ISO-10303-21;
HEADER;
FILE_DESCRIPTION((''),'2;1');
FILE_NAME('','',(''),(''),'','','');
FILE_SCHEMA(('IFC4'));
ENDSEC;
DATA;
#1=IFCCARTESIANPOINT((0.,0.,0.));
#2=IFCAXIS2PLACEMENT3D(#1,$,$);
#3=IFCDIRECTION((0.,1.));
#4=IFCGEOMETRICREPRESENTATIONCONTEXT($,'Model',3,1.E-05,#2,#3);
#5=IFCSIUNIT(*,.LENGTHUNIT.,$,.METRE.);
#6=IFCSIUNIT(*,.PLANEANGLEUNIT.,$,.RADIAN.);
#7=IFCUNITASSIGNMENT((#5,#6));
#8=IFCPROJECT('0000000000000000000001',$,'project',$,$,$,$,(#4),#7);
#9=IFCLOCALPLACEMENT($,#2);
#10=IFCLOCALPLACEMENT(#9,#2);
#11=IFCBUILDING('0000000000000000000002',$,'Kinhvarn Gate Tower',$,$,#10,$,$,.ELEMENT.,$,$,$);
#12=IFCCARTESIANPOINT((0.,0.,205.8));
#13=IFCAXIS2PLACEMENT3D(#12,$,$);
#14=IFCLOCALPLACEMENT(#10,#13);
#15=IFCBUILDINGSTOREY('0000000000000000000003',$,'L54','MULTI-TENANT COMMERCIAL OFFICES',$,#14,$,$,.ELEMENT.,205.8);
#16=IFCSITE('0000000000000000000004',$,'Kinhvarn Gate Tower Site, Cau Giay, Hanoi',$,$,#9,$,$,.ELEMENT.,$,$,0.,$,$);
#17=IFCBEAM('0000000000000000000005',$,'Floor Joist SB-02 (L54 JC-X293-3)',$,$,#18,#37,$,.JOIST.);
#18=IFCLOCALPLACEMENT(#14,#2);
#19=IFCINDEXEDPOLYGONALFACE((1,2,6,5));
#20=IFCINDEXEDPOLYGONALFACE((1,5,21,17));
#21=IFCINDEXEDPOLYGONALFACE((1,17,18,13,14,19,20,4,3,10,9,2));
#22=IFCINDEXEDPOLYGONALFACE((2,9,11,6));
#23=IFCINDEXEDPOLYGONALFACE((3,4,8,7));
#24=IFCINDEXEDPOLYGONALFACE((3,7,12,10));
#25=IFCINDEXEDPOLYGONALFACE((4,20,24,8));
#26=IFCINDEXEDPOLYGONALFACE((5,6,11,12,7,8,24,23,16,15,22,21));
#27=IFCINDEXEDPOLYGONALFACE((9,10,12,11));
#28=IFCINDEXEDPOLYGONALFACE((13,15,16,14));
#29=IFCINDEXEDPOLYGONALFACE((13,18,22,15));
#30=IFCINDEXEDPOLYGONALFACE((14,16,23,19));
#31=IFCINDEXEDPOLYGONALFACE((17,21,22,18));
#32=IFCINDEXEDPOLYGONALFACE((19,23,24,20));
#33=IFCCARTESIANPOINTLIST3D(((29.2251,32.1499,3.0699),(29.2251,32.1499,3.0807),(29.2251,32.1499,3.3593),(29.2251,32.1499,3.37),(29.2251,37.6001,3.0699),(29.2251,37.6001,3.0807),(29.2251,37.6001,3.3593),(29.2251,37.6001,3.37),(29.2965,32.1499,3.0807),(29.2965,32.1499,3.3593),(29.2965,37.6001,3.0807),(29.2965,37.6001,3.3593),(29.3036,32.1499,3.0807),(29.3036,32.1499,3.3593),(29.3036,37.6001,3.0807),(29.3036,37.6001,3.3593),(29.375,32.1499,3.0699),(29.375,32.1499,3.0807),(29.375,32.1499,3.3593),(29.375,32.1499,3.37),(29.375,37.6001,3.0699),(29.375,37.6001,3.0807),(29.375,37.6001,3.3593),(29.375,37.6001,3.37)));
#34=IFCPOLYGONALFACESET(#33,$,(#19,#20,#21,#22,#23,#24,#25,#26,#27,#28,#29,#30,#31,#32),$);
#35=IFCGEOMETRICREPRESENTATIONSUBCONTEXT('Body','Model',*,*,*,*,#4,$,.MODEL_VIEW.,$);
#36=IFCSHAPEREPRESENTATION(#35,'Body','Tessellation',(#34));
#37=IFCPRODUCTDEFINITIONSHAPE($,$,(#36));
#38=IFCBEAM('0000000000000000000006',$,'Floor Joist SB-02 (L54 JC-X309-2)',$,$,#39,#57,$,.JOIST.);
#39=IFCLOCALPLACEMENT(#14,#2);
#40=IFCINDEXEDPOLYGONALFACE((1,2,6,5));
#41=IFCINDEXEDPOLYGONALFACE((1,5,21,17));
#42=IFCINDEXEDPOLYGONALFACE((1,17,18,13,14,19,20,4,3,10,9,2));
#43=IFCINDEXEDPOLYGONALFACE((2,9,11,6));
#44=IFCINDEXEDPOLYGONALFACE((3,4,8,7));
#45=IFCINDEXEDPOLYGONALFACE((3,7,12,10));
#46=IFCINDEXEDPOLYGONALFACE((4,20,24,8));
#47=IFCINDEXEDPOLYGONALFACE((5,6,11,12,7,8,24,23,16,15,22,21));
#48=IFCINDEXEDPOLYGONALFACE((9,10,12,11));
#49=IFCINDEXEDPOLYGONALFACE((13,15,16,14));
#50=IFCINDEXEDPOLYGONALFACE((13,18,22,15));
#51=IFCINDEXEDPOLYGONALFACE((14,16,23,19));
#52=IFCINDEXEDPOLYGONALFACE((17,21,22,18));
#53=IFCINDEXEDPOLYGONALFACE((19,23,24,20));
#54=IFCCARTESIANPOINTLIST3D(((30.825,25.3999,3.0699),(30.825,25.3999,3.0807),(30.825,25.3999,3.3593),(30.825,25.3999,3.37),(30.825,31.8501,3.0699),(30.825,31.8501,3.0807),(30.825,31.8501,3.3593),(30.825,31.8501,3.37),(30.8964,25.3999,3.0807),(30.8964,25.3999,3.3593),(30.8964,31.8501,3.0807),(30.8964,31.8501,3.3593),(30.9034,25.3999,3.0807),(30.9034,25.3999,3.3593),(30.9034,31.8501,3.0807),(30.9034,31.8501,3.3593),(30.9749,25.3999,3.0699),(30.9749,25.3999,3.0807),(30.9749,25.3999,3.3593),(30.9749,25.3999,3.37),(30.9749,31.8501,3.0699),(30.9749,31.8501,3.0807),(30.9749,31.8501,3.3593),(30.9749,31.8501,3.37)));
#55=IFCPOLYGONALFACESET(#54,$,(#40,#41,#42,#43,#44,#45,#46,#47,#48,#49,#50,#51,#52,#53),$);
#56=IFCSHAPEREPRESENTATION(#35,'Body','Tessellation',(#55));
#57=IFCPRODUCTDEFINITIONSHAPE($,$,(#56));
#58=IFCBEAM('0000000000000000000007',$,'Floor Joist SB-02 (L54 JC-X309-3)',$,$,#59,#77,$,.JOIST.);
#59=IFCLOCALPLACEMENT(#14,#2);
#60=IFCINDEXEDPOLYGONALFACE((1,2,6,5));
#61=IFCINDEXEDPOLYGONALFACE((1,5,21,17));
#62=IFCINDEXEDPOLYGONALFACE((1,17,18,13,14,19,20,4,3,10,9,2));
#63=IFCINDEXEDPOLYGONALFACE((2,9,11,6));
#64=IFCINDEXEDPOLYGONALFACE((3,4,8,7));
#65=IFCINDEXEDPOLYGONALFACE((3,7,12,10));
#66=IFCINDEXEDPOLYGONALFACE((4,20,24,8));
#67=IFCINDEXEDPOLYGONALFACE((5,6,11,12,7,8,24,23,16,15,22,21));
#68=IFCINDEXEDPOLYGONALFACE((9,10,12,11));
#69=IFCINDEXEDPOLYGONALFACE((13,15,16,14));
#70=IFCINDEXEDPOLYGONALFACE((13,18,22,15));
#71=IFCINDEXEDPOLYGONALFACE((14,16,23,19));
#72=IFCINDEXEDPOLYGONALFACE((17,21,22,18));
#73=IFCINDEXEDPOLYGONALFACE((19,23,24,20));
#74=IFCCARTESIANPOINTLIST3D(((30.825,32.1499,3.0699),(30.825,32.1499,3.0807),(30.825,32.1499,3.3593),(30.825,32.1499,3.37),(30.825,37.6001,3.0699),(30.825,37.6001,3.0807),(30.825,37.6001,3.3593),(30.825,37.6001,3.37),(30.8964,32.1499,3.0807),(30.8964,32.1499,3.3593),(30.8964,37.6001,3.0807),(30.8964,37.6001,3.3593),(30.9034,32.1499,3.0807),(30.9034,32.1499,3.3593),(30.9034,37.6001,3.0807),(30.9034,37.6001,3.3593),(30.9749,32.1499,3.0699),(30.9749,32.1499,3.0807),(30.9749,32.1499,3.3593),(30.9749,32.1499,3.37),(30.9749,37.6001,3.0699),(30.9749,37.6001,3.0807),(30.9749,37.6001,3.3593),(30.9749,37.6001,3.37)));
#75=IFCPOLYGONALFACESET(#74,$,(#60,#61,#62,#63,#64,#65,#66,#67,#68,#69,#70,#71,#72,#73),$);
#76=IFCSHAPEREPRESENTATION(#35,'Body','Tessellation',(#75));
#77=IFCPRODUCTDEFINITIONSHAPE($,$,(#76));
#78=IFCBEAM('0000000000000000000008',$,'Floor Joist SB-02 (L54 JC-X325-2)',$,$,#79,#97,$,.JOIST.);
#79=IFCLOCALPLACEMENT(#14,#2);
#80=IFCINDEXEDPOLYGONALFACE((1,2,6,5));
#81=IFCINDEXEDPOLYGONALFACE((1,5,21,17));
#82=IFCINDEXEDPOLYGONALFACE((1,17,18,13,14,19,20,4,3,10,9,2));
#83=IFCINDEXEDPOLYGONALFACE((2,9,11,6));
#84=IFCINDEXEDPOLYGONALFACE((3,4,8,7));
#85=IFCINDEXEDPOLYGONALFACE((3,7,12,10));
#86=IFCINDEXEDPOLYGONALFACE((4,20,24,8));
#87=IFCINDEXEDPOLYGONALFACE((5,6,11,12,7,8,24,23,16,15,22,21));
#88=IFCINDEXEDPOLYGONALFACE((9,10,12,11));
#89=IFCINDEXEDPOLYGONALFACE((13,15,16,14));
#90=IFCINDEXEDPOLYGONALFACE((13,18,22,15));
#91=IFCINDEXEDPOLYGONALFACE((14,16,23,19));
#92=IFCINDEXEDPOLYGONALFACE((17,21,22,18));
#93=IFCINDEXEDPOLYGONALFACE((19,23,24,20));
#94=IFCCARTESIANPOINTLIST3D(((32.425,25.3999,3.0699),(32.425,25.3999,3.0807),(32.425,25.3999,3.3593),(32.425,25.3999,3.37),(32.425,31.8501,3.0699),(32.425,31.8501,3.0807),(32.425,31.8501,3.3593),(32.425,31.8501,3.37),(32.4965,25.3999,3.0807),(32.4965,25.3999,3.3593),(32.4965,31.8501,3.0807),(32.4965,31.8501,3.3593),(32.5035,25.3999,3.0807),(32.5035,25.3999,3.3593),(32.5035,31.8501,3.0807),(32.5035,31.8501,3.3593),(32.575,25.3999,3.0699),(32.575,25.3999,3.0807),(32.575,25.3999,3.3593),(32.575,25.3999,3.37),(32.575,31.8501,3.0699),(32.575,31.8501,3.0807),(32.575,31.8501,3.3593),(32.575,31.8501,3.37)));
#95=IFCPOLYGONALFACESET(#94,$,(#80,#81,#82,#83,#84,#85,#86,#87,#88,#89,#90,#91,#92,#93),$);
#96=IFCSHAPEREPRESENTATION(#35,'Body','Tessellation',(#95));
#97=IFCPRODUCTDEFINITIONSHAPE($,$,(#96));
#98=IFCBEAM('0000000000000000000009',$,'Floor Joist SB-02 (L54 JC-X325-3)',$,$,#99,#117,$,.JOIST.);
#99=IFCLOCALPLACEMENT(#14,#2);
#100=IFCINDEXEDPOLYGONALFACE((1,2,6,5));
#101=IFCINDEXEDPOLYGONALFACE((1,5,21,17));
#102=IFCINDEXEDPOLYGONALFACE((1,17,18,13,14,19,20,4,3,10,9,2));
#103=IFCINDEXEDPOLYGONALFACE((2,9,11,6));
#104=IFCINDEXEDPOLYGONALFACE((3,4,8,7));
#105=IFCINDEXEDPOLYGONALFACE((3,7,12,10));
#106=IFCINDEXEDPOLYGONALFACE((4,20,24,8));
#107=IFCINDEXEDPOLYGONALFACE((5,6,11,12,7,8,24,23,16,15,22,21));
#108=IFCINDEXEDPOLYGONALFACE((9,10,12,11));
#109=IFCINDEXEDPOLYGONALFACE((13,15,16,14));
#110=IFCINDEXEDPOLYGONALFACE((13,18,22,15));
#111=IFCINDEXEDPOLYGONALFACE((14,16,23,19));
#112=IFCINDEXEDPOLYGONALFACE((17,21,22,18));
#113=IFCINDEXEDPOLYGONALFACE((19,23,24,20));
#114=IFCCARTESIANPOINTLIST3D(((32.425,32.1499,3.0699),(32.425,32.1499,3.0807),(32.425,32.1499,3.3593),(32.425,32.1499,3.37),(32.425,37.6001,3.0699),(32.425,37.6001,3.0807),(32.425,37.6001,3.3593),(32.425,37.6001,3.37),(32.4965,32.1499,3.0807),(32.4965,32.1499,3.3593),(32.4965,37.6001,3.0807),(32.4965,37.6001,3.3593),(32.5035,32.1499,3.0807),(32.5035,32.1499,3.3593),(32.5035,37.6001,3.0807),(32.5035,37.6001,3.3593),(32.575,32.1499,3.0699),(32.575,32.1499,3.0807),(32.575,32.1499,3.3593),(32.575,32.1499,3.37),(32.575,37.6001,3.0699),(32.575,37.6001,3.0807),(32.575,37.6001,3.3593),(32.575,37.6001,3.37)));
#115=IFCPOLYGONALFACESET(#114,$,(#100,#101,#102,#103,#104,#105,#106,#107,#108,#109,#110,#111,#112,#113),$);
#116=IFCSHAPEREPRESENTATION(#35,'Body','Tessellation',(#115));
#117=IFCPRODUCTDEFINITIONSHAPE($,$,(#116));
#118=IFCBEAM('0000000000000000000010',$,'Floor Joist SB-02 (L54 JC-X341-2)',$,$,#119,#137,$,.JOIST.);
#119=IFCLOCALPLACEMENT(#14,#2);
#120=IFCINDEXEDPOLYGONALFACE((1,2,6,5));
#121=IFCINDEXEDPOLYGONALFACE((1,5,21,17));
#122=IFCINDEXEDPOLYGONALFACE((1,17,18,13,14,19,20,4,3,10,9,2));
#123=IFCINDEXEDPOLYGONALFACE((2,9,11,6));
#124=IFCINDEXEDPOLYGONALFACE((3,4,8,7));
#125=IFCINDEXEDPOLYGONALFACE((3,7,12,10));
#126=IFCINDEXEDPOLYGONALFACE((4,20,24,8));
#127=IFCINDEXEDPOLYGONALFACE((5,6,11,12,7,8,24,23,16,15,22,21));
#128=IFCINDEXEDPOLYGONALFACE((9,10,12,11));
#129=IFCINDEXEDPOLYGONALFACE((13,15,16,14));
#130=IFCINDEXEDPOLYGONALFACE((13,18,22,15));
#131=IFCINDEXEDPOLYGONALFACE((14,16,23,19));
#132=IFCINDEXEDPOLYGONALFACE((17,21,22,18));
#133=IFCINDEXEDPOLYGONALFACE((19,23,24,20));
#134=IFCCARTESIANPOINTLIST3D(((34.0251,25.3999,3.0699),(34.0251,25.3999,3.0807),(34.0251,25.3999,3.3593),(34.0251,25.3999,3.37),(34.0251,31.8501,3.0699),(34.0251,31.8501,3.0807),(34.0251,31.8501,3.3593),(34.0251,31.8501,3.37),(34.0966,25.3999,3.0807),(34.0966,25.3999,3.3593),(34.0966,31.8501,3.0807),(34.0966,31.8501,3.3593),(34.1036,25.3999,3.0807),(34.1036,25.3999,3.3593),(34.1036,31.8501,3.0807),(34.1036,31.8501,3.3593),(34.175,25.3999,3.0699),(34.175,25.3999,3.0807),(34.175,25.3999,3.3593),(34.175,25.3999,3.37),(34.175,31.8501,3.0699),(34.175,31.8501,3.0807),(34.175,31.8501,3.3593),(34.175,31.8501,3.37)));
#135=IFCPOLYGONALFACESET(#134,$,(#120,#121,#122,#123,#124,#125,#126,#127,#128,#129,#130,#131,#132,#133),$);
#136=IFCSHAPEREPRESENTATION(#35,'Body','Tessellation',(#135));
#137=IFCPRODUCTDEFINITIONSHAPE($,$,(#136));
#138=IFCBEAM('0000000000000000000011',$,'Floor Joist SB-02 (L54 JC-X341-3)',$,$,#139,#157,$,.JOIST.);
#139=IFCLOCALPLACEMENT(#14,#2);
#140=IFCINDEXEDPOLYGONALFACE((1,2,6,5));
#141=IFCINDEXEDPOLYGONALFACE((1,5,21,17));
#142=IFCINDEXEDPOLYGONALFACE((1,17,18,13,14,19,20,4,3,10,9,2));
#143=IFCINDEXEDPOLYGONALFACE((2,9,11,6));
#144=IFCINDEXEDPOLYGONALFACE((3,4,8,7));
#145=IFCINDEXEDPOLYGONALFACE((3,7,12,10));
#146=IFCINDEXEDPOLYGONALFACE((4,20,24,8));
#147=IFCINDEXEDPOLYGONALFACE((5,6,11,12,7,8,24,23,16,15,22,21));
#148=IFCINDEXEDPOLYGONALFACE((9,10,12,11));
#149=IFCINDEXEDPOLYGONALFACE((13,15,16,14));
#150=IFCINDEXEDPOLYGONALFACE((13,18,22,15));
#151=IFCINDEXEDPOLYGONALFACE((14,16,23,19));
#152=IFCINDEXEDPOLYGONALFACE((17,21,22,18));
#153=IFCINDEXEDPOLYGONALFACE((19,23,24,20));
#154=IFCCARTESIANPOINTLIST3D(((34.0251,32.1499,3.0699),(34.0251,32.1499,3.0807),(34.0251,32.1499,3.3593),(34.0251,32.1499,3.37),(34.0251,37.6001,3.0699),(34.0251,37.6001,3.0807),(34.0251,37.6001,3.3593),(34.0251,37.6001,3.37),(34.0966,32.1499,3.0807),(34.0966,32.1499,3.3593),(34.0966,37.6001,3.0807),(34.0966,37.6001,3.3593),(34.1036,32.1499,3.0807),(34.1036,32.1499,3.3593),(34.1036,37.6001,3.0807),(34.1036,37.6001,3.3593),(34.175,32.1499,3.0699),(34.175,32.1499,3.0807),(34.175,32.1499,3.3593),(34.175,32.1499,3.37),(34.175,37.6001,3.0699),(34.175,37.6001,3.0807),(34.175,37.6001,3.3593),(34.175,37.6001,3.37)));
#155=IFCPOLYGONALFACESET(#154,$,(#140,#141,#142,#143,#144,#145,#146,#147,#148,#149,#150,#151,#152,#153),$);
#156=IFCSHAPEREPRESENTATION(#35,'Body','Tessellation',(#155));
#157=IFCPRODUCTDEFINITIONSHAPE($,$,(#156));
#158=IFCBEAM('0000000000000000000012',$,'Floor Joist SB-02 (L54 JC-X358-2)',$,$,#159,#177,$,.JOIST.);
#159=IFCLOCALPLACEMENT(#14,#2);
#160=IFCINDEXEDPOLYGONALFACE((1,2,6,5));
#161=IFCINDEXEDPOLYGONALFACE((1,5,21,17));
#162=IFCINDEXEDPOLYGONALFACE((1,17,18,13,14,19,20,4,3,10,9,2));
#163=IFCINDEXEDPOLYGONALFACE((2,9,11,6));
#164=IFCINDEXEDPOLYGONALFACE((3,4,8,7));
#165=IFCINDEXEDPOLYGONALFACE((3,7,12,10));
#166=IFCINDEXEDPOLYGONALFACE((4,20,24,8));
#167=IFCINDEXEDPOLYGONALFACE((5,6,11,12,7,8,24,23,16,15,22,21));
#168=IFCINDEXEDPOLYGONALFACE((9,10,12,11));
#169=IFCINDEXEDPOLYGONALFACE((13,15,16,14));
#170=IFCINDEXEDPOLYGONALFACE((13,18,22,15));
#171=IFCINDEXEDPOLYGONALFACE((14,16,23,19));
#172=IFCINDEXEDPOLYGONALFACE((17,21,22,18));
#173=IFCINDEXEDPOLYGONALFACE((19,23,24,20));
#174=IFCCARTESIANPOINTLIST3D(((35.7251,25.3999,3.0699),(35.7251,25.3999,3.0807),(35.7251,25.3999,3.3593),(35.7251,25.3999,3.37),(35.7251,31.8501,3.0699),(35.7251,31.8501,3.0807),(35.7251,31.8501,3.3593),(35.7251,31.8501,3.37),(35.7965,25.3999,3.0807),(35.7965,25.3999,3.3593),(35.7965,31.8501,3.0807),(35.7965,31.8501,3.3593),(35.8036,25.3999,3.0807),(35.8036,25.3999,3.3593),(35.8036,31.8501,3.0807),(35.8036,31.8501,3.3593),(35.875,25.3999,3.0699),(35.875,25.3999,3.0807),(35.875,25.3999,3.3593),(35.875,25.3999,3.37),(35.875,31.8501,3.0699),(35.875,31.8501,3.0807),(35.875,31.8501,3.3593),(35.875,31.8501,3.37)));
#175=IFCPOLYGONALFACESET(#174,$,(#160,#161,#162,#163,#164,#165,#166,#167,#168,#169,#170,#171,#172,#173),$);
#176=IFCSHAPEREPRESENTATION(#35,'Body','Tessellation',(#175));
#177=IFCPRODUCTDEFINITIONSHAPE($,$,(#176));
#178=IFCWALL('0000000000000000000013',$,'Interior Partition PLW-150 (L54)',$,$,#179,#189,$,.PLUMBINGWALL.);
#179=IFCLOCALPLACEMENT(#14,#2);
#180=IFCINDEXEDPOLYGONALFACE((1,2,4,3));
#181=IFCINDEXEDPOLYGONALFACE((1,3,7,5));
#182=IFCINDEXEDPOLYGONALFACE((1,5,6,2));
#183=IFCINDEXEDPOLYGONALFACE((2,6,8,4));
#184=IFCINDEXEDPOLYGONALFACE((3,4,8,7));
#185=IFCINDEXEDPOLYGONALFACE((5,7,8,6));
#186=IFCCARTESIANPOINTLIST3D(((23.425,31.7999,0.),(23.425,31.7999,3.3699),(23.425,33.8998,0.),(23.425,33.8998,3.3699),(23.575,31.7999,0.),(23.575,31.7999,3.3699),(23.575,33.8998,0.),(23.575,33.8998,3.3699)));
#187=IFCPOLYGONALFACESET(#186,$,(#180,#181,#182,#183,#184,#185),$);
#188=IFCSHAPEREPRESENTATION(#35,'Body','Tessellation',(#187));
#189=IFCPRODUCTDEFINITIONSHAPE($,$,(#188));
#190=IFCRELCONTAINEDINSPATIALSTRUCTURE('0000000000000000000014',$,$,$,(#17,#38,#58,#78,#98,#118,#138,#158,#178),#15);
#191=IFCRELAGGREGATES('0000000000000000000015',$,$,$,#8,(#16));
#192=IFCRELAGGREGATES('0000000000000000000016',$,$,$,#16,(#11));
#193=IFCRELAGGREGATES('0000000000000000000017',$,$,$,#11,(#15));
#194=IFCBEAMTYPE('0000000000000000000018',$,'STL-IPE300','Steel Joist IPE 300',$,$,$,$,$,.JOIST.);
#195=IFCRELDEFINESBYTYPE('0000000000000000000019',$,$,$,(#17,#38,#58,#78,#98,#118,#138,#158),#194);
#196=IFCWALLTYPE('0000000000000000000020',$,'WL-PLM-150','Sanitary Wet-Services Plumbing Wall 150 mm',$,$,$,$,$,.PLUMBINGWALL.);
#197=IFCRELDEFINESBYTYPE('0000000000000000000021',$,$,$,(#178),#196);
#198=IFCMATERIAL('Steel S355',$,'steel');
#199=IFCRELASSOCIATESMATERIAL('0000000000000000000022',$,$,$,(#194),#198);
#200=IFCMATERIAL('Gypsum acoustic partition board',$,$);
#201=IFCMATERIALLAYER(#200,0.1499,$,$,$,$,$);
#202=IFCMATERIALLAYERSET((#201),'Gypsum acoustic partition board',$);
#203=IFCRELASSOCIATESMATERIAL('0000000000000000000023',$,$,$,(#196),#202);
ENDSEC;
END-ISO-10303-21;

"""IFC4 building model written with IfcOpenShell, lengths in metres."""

from ifc_helpers import new_model, si_unit, direction, frame, frame_2d, origin, origin_2d, place, context, subcontext, project, spatial, rectangle, i_section, extrude, material, layer, layer_set, material_profile, profile_set, type_object, element, save


model = new_model("IFC4")

# Units and contexts
model_context = context("Model", 3, precision=1e-05, world=origin(), true_north=direction((0.0, 1.0)))
body_context = subcontext(model_context, "Body", "Model", "MODEL_VIEW")
ifc_project = project(units=[si_unit("LENGTHUNIT", "METRE"), si_unit("PLANEANGLEUNIT", "RADIAN")], contexts=[model_context])

# Site, building, storey
site_placement = place(None, origin())
site = spatial("IfcSite", under=ifc_project, at=site_placement, Name="Kinhvarn Gate Tower Site, Cau Giay, Hanoi", CompositionType="ELEMENT", RefElevation=0.0)
building_placement = place(site_placement, origin())
building = spatial("IfcBuilding", under=site, at=building_placement, Name="Kinhvarn Gate Tower", CompositionType="ELEMENT")
storey_placement = place(building_placement, frame((0.0, 0.0, 205.8)))
storey = spatial("IfcBuildingStorey", under=building, at=storey_placement, Name="L54", Description="MULTI-TENANT COMMERCIAL OFFICES", CompositionType="ELEMENT", Elevation=205.8)

# Beams
ifc_material_1 = material(Name="Steel S355", Category="steel")
ifc_material_profile = material_profile(ifc_material_1, i_section(OverallWidth=0.1499, OverallDepth=0.3, WebThickness=0.0071, FlangeThickness=0.0107, at=origin_2d()), Name="IPE 300")
ifc_profile_set = profile_set([ifc_material_profile], Name="Steel S355")
beam_type = type_object("IfcBeamType", Name="STL-IPE300", Description="Steel Joist IPE 300", PredefinedType="JOIST", material=ifc_profile_set)
beam_1_placement = place(storey_placement, frame((29.3, 32.1499, 3.22), z_axis=(0.0, 1.0, 0.0), x_axis=(-1.0, 0.0, 0.0)))
element("IfcBeam", 1, at=beam_1_placement, inside=storey, type_object=beam_type, Name="Floor Joist SB-02 (L54 JC-X293-3)", PredefinedType="JOIST", context=body_context, shape_type="SweptSolid", body=[
    extrude(i_section(OverallWidth=0.1499, OverallDepth=0.3, WebThickness=0.0071, FlangeThickness=0.0107, at=origin_2d()), origin(), (0.0, 0.0, 1.0), 5.4502),
])
beam_2_placement = place(storey_placement, frame((30.8999, 25.3999, 3.22), z_axis=(0.0, 1.0, 0.0), x_axis=(-1.0, 0.0, 0.0)))
element("IfcBeam", 2, at=beam_2_placement, inside=storey, type_object=beam_type, Name="Floor Joist SB-02 (L54 JC-X309-2)", PredefinedType="JOIST", context=body_context, shape_type="SweptSolid", body=[
    extrude(i_section(OverallWidth=0.1499, OverallDepth=0.3, WebThickness=0.0071, FlangeThickness=0.0107, at=origin_2d()), origin(), (0.0, 0.0, 1.0), 6.4502),
])
beam_3_placement = place(storey_placement, frame((30.8999, 32.1499, 3.22), z_axis=(0.0, 1.0, 0.0), x_axis=(-1.0, 0.0, 0.0)))
element("IfcBeam", 3, at=beam_3_placement, inside=storey, type_object=beam_type, Name="Floor Joist SB-02 (L54 JC-X309-3)", PredefinedType="JOIST", context=body_context, shape_type="SweptSolid", body=[
    extrude(i_section(OverallWidth=0.1499, OverallDepth=0.3, WebThickness=0.0071, FlangeThickness=0.0107, at=origin_2d()), origin(), (0.0, 0.0, 1.0), 5.4502),
])
beam_4_placement = place(storey_placement, frame((32.5, 25.3999, 3.22), z_axis=(0.0, 1.0, 0.0), x_axis=(-1.0, 0.0, 0.0)))
element("IfcBeam", 4, at=beam_4_placement, inside=storey, type_object=beam_type, Name="Floor Joist SB-02 (L54 JC-X325-2)", PredefinedType="JOIST", context=body_context, shape_type="SweptSolid", body=[
    extrude(i_section(OverallWidth=0.1499, OverallDepth=0.3, WebThickness=0.0071, FlangeThickness=0.0107, at=origin_2d()), origin(), (0.0, 0.0, 1.0), 6.4502),
])
beam_5_placement = place(storey_placement, frame((32.5, 32.1499, 3.22), z_axis=(0.0, 1.0, 0.0), x_axis=(-1.0, 0.0, 0.0)))
element("IfcBeam", 5, at=beam_5_placement, inside=storey, type_object=beam_type, Name="Floor Joist SB-02 (L54 JC-X325-3)", PredefinedType="JOIST", context=body_context, shape_type="SweptSolid", body=[
    extrude(i_section(OverallWidth=0.1499, OverallDepth=0.3, WebThickness=0.0071, FlangeThickness=0.0107, at=origin_2d()), origin(), (0.0, 0.0, 1.0), 5.4502),
])
beam_6_placement = place(storey_placement, frame((34.1001, 25.3999, 3.22), z_axis=(0.0, 1.0, 0.0), x_axis=(-1.0, 0.0, 0.0)))
element("IfcBeam", 6, at=beam_6_placement, inside=storey, type_object=beam_type, Name="Floor Joist SB-02 (L54 JC-X341-2)", PredefinedType="JOIST", context=body_context, shape_type="SweptSolid", body=[
    extrude(i_section(OverallWidth=0.1499, OverallDepth=0.3, WebThickness=0.0071, FlangeThickness=0.0107, at=origin_2d()), origin(), (0.0, 0.0, 1.0), 6.4502),
])
beam_7_placement = place(storey_placement, frame((34.1001, 32.1499, 3.22), z_axis=(0.0, 1.0, 0.0), x_axis=(-1.0, 0.0, 0.0)))
element("IfcBeam", 7, at=beam_7_placement, inside=storey, type_object=beam_type, Name="Floor Joist SB-02 (L54 JC-X341-3)", PredefinedType="JOIST", context=body_context, shape_type="SweptSolid", body=[
    extrude(i_section(OverallWidth=0.1499, OverallDepth=0.3, WebThickness=0.0071, FlangeThickness=0.0107, at=origin_2d()), origin(), (0.0, 0.0, 1.0), 5.4502),
])
beam_8_placement = place(storey_placement, frame((35.8, 25.3999, 3.22), z_axis=(0.0, 1.0, 0.0), x_axis=(-1.0, 0.0, 0.0)))
element("IfcBeam", 8, at=beam_8_placement, inside=storey, type_object=beam_type, Name="Floor Joist SB-02 (L54 JC-X358-2)", PredefinedType="JOIST", context=body_context, shape_type="SweptSolid", body=[
    extrude(i_section(OverallWidth=0.1499, OverallDepth=0.3, WebThickness=0.0071, FlangeThickness=0.0107, at=origin_2d()), origin(), (0.0, 0.0, 1.0), 6.4502),
])

# Wall
ifc_material_2 = material(Name="Gypsum acoustic partition board")
ifc_layer_1 = layer(ifc_material_2, 0.1499)
ifc_layer_set_1 = layer_set([ifc_layer_1], Name="Gypsum acoustic partition board")
wall_type_1 = type_object("IfcWallType", Name="WL-PLM-150", Description="Sanitary Wet-Services Plumbing Wall 150 mm", PredefinedType="PLUMBINGWALL", material=ifc_layer_set_1)
wall_1_placement = place(storey_placement, frame((23.5, 31.8, 0.0), z_axis=(0.0, 0.0, 1.0), x_axis=(0.0, 1.0, 0.0)))
element("IfcWall", 9, at=wall_1_placement, inside=storey, type_object=wall_type_1, Name="Interior Partition PLW-150 (L54)", PredefinedType="PLUMBINGWALL", context=body_context, shape_type="SweptSolid", body=[
    extrude(rectangle(XDim=2.0999, YDim=0.1499, at=frame_2d((1.0498, 0.0))), origin(), (0.0, 0.0, 1.0), 3.3699),
])

save(model, "model.ifc")
